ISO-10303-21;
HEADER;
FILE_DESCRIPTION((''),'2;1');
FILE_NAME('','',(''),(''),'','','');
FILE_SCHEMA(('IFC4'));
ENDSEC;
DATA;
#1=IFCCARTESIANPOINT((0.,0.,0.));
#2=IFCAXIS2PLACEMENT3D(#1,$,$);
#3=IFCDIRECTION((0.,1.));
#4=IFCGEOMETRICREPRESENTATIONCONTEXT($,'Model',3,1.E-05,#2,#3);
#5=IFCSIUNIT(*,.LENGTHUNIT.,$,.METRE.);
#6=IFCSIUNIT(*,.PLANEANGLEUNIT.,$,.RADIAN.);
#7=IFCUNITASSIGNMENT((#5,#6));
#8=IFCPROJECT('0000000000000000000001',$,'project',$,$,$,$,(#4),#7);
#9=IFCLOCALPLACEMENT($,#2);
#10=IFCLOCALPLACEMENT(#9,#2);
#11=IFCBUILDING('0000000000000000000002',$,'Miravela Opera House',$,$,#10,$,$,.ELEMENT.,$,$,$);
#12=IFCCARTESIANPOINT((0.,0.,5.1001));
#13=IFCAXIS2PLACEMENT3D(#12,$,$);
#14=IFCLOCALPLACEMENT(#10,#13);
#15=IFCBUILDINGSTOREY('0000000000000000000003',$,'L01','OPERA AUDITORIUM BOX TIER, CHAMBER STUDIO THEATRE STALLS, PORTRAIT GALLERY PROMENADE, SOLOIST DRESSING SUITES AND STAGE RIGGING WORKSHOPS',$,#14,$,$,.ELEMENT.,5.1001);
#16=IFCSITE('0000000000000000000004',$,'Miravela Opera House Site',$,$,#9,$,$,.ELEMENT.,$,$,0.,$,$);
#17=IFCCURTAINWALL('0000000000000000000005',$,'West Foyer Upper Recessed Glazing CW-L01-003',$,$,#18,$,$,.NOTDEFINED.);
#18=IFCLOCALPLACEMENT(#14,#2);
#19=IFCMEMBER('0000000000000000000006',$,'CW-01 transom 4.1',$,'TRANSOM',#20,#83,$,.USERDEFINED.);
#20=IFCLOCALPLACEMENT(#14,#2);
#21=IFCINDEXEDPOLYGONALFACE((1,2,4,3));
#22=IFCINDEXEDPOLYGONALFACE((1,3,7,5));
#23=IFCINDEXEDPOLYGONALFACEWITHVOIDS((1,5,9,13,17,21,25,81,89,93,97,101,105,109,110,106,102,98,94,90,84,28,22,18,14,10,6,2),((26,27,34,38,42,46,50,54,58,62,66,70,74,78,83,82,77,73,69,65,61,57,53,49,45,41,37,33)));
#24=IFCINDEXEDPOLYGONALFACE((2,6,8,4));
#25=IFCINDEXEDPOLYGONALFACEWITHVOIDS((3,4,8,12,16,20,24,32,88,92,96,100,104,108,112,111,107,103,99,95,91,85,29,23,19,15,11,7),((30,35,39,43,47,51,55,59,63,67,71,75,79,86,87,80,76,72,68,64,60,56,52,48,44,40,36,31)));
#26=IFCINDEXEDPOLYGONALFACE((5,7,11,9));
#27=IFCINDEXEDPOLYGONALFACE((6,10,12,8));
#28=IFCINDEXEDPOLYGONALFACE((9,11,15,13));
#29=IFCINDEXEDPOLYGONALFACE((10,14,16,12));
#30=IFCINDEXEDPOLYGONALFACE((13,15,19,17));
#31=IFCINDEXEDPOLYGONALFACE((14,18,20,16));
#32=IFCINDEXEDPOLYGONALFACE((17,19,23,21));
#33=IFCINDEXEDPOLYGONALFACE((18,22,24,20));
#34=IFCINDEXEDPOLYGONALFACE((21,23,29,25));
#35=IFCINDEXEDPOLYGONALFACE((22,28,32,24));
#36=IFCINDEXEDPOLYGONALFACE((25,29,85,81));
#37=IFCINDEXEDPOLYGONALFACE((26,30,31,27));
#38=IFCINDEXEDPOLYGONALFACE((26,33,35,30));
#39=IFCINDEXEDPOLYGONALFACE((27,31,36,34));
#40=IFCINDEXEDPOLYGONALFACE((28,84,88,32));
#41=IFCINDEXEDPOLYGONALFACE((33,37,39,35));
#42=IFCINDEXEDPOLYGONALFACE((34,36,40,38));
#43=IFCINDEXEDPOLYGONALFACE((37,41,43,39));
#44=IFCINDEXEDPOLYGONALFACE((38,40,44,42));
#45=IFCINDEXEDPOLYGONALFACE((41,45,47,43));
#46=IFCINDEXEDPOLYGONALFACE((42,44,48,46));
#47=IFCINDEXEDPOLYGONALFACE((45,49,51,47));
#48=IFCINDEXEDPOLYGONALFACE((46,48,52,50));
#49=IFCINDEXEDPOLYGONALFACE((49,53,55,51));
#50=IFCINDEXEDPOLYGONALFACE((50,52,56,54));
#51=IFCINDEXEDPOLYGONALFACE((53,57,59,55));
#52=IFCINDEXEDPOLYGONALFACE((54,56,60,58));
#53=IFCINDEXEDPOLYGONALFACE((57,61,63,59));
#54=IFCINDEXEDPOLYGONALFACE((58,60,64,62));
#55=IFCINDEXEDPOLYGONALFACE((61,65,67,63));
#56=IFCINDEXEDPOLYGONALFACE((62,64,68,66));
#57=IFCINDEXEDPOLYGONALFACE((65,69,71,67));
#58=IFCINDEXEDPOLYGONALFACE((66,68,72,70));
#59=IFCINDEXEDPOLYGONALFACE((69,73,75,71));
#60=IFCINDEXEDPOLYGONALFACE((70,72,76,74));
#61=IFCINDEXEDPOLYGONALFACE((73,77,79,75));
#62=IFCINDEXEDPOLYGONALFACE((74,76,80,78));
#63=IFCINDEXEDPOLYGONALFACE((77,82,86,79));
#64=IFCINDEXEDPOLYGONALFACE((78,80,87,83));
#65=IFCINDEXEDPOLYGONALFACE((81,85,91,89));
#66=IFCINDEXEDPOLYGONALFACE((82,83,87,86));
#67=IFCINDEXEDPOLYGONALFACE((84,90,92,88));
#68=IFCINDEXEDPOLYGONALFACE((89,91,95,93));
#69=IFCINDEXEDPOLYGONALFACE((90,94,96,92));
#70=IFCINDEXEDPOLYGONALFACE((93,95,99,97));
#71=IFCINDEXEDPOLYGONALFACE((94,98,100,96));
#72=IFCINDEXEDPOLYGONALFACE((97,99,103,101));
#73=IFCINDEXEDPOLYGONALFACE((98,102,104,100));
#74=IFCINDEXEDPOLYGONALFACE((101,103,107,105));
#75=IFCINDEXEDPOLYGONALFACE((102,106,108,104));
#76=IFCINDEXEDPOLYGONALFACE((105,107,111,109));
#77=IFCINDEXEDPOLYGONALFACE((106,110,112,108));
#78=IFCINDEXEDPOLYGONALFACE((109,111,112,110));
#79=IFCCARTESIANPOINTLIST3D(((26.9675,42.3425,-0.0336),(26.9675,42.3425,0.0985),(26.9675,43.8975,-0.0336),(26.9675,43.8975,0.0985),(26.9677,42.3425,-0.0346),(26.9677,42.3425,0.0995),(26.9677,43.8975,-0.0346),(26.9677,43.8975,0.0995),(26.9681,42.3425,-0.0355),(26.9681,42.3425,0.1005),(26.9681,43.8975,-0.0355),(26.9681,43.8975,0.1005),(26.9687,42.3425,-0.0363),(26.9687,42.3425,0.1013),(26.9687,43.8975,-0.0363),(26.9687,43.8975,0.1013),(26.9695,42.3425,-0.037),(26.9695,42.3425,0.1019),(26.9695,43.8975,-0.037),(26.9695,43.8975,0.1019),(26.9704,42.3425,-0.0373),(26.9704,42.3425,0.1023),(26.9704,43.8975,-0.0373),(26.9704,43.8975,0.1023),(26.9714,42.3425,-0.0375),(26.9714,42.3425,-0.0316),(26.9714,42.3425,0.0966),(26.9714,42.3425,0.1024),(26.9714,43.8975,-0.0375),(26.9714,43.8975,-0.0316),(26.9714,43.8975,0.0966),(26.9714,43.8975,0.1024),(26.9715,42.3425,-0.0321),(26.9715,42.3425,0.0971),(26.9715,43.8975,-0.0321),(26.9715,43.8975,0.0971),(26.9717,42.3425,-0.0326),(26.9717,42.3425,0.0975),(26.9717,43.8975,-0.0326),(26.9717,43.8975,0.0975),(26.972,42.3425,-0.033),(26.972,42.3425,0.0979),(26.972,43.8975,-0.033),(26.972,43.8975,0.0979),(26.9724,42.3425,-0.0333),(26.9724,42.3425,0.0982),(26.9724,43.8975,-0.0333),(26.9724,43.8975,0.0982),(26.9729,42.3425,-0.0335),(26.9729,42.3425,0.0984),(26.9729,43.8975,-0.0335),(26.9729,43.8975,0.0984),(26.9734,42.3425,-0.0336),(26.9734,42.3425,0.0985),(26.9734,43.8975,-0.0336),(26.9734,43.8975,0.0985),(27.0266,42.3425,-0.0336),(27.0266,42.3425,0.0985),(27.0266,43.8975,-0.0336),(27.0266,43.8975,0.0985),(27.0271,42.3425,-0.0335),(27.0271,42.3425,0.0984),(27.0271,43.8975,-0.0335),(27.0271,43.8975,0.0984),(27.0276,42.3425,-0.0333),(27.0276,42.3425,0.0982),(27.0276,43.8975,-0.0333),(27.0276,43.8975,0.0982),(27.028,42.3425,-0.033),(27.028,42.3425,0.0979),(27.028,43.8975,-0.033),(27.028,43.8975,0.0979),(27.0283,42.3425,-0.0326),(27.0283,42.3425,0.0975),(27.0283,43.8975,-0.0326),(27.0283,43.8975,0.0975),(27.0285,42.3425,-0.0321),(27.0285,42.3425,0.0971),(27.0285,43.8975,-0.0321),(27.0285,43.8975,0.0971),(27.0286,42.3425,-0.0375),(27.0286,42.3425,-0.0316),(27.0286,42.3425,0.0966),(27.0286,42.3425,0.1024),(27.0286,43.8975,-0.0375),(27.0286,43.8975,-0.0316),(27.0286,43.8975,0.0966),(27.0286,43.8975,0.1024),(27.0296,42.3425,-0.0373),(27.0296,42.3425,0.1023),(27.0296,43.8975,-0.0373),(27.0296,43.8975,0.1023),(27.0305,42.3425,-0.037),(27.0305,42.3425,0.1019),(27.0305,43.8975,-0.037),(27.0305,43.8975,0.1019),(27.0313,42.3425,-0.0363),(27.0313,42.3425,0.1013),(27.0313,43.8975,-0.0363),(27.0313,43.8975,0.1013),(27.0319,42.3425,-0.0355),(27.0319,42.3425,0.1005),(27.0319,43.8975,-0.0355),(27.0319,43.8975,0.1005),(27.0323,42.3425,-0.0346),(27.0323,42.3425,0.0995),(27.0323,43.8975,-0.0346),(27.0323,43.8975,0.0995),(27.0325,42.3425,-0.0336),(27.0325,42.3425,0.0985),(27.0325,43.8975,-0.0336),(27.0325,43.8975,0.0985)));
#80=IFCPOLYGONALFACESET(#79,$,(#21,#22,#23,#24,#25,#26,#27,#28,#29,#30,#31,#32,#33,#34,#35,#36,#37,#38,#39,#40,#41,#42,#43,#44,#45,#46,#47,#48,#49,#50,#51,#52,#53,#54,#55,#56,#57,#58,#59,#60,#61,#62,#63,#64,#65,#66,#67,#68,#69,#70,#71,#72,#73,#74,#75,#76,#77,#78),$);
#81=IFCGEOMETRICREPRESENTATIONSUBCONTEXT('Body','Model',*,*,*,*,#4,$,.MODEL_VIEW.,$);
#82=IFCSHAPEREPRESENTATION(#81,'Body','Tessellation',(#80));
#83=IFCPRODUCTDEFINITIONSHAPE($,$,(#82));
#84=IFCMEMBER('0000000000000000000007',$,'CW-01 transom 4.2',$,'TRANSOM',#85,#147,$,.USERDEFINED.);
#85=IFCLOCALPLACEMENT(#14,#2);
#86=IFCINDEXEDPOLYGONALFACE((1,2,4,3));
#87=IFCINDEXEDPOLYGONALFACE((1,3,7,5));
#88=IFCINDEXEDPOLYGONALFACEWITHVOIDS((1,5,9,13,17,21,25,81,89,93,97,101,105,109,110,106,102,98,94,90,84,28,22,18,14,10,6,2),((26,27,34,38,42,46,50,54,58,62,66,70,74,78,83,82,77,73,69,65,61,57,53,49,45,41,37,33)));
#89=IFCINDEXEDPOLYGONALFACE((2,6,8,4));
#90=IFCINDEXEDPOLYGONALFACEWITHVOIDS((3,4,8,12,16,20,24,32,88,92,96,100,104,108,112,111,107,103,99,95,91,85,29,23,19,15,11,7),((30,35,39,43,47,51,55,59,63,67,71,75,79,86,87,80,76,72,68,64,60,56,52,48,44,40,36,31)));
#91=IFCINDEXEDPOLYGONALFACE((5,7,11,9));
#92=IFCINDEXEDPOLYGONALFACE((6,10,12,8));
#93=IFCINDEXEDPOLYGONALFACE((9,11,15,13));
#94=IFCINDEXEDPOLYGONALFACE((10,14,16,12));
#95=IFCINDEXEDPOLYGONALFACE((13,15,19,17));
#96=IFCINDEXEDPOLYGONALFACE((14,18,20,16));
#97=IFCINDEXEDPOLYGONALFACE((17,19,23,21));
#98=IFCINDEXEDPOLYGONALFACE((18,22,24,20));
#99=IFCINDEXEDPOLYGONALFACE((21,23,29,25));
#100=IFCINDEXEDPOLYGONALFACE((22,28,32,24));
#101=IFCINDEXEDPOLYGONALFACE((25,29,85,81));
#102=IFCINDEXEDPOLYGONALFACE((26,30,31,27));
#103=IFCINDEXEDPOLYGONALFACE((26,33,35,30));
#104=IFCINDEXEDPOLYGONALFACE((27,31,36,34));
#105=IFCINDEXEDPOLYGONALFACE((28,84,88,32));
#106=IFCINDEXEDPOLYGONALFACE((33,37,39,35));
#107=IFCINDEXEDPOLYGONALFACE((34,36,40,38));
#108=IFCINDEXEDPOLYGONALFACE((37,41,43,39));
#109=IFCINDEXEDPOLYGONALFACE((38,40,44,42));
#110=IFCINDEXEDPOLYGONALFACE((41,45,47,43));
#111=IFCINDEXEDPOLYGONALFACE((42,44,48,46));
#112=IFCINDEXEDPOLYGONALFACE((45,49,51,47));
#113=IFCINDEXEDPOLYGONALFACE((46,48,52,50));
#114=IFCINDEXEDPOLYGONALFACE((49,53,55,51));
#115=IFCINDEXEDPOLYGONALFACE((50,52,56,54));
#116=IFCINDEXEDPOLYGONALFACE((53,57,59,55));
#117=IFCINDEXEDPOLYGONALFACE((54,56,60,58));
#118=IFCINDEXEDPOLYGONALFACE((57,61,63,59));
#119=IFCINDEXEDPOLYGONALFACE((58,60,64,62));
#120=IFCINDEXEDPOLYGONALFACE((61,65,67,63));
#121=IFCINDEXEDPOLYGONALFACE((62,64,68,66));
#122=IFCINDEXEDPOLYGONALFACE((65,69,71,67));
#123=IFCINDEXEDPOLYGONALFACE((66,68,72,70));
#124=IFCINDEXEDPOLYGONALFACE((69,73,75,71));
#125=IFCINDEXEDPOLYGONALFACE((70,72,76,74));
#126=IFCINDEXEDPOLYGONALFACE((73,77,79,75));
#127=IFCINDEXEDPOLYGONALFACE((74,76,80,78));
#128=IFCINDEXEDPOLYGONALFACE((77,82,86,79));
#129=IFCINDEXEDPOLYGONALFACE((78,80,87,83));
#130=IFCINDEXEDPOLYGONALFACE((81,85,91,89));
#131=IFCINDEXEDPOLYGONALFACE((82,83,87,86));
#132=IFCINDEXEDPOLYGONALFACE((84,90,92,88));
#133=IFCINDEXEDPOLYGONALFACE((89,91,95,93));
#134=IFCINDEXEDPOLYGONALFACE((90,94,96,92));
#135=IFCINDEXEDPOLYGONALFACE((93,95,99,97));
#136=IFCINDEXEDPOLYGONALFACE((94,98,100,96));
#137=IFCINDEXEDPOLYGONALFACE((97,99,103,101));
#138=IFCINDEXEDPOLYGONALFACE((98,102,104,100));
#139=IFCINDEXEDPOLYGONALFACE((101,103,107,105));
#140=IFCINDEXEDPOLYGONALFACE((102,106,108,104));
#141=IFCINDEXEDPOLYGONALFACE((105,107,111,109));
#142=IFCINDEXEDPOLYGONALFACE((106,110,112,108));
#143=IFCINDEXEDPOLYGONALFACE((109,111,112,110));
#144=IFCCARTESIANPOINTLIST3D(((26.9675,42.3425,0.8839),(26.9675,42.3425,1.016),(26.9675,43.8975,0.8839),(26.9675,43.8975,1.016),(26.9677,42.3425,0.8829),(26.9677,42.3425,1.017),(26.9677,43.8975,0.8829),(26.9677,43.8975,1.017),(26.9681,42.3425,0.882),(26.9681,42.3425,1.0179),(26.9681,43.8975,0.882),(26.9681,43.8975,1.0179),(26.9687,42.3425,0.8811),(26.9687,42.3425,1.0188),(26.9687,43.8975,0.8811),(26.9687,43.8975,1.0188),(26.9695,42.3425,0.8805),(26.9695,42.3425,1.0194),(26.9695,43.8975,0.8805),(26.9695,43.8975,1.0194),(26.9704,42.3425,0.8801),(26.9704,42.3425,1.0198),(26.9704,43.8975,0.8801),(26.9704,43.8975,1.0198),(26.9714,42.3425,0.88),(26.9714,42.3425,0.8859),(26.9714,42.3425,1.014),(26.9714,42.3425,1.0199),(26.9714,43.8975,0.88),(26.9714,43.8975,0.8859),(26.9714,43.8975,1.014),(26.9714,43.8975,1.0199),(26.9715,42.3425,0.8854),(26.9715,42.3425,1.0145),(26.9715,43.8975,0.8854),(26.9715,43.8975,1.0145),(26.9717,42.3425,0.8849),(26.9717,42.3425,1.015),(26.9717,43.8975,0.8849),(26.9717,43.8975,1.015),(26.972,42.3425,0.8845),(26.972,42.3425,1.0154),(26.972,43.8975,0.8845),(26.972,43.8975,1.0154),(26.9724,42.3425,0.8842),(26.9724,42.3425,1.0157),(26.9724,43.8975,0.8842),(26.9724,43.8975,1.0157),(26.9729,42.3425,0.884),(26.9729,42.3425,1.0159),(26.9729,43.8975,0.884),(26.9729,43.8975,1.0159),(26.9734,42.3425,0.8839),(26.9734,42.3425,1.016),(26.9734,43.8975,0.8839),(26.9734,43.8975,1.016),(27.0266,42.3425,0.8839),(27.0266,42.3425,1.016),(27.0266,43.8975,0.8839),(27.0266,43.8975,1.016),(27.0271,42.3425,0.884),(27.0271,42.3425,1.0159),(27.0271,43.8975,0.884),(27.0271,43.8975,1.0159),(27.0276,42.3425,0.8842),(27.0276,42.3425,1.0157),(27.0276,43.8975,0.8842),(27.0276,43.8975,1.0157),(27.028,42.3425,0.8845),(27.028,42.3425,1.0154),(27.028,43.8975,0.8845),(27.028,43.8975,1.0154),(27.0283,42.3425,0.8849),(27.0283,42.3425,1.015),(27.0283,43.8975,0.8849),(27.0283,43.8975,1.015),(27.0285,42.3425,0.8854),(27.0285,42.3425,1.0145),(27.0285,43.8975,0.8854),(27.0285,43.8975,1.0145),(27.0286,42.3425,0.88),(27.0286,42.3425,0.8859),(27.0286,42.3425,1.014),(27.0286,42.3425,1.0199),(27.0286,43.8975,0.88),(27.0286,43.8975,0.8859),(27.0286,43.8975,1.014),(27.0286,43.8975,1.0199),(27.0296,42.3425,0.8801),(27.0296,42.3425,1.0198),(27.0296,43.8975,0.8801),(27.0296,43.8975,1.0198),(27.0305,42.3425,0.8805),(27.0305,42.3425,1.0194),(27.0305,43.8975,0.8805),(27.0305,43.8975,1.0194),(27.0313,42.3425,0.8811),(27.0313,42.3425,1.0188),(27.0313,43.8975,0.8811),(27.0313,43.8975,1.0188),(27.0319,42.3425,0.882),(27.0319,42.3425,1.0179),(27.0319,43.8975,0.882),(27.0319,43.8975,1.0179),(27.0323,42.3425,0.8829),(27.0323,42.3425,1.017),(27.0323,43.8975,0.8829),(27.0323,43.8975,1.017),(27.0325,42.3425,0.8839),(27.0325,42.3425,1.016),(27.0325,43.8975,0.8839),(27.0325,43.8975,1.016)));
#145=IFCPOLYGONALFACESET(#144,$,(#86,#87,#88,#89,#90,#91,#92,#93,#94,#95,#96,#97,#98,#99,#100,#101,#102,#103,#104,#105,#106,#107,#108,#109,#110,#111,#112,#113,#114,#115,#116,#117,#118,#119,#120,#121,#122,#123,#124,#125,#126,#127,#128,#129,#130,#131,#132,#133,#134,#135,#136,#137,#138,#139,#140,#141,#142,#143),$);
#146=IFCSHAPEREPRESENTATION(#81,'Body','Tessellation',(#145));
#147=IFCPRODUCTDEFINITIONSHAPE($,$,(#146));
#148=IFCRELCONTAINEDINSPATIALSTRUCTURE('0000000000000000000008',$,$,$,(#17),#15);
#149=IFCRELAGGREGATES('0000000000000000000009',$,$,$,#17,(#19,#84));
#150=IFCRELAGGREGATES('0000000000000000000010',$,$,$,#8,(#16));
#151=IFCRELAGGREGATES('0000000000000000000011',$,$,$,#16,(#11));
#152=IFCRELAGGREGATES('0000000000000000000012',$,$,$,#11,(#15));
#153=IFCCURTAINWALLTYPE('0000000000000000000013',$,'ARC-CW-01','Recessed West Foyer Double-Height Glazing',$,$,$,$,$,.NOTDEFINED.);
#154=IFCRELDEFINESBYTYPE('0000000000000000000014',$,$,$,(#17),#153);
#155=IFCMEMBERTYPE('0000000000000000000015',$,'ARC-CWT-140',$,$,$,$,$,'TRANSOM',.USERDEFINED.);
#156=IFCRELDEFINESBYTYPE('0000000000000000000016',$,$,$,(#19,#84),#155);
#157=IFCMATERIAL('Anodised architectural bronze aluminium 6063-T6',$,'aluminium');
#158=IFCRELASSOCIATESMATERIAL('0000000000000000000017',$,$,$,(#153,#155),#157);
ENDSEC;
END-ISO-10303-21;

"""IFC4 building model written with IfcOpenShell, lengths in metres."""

from ifc_helpers import new_model, si_unit, direction, frame, origin, origin_2d, place, context, subcontext, project, spatial, hollow_rectangle, extrude, material, material_profile, profile_set, type_object, element, aggregate, save


model = new_model("IFC4")

# Units and contexts
model_context = context("Model", 3, precision=1e-05, world=origin(), true_north=direction((0.0, 1.0)))
body_context = subcontext(model_context, "Body", "Model", "MODEL_VIEW")
ifc_project = project(units=[si_unit("LENGTHUNIT", "METRE"), si_unit("PLANEANGLEUNIT", "RADIAN")], contexts=[model_context])

# Site, building, storey
site_placement = place(None, origin())
site = spatial("IfcSite", under=ifc_project, at=site_placement, Name="Miravela Opera House Site", CompositionType="ELEMENT", RefElevation=0.0)
building_placement = place(site_placement, origin())
building = spatial("IfcBuilding", under=site, at=building_placement, Name="Miravela Opera House", CompositionType="ELEMENT")
storey_placement = place(building_placement, frame((0.0, 0.0, 5.1001)))
storey = spatial("IfcBuildingStorey", under=building, at=storey_placement, Name="L01", Description="OPERA AUDITORIUM BOX TIER, CHAMBER STUDIO THEATRE STALLS, PORTRAIT GALLERY PROMENADE, SOLOIST DRESSING SUITES AND STAGE RIGGING WORKSHOPS", CompositionType="ELEMENT", Elevation=5.1001)

# Shared definitions
ifc_material_1 = material(Name="Anodised architectural bronze aluminium 6063-T6", Category="aluminium")

# Curtain wall
curtain_wall_type_1 = type_object("IfcCurtainWallType", Name="ARC-CW-01", Description="Recessed West Foyer Double-Height Glazing", PredefinedType="NOTDEFINED", material=ifc_material_1)
curtain_wall_1_placement = place(storey_placement, origin())
curtain_wall_1 = element("IfcCurtainWall", 1, at=curtain_wall_1_placement, inside=storey, type_object=curtain_wall_type_1, Name="West Foyer Upper Recessed Glazing CW-L01-003", PredefinedType="NOTDEFINED")

# Members
ifc_material_profile_1 = material_profile(ifc_material_1, hollow_rectangle(XDim=0.0649, YDim=0.1399, WallThickness=0.0039, InnerFilletRadius=0.002, OuterFilletRadius=0.0039, at=origin_2d()), Name="CWT-65X140")
ifc_profile_set_1 = profile_set([ifc_material_profile_1])
member_type_1 = type_object("IfcMemberType", Name="ARC-CWT-140", ElementType="TRANSOM", PredefinedType="USERDEFINED", material=ifc_profile_set_1)
member_1_placement = place(storey_placement, frame((27.0, 42.3425, 0.0325), z_axis=(0.0, 1.0, 0.0), x_axis=(-1.0, 0.0, 0.0)))
member_1 = element("IfcMember", 2, at=member_1_placement, type_object=member_type_1, Name="CW-01 transom 4.1", ObjectType="TRANSOM", PredefinedType="USERDEFINED", context=body_context, shape_type="SweptSolid", body=[
    extrude(hollow_rectangle(XDim=0.0649, YDim=0.1399, WallThickness=0.0039, InnerFilletRadius=0.002, OuterFilletRadius=0.0039, at=origin_2d()), origin(), (0.0, 0.0, 1.0), 1.5549),
])
member_2_placement = place(storey_placement, frame((27.0, 42.3425, 0.95), z_axis=(0.0, 1.0, 0.0), x_axis=(-1.0, 0.0, 0.0)))
member_2 = element("IfcMember", 3, at=member_2_placement, type_object=member_type_1, Name="CW-01 transom 4.2", ObjectType="TRANSOM", PredefinedType="USERDEFINED", context=body_context, shape_type="SweptSolid", body=[
    extrude(hollow_rectangle(XDim=0.0649, YDim=0.1399, WallThickness=0.0039, InnerFilletRadius=0.002, OuterFilletRadius=0.0039, at=origin_2d()), origin(), (0.0, 0.0, 1.0), 1.5549),
])

aggregate(curtain_wall_1, [member_1, member_2])

save(model, "model.ifc")
